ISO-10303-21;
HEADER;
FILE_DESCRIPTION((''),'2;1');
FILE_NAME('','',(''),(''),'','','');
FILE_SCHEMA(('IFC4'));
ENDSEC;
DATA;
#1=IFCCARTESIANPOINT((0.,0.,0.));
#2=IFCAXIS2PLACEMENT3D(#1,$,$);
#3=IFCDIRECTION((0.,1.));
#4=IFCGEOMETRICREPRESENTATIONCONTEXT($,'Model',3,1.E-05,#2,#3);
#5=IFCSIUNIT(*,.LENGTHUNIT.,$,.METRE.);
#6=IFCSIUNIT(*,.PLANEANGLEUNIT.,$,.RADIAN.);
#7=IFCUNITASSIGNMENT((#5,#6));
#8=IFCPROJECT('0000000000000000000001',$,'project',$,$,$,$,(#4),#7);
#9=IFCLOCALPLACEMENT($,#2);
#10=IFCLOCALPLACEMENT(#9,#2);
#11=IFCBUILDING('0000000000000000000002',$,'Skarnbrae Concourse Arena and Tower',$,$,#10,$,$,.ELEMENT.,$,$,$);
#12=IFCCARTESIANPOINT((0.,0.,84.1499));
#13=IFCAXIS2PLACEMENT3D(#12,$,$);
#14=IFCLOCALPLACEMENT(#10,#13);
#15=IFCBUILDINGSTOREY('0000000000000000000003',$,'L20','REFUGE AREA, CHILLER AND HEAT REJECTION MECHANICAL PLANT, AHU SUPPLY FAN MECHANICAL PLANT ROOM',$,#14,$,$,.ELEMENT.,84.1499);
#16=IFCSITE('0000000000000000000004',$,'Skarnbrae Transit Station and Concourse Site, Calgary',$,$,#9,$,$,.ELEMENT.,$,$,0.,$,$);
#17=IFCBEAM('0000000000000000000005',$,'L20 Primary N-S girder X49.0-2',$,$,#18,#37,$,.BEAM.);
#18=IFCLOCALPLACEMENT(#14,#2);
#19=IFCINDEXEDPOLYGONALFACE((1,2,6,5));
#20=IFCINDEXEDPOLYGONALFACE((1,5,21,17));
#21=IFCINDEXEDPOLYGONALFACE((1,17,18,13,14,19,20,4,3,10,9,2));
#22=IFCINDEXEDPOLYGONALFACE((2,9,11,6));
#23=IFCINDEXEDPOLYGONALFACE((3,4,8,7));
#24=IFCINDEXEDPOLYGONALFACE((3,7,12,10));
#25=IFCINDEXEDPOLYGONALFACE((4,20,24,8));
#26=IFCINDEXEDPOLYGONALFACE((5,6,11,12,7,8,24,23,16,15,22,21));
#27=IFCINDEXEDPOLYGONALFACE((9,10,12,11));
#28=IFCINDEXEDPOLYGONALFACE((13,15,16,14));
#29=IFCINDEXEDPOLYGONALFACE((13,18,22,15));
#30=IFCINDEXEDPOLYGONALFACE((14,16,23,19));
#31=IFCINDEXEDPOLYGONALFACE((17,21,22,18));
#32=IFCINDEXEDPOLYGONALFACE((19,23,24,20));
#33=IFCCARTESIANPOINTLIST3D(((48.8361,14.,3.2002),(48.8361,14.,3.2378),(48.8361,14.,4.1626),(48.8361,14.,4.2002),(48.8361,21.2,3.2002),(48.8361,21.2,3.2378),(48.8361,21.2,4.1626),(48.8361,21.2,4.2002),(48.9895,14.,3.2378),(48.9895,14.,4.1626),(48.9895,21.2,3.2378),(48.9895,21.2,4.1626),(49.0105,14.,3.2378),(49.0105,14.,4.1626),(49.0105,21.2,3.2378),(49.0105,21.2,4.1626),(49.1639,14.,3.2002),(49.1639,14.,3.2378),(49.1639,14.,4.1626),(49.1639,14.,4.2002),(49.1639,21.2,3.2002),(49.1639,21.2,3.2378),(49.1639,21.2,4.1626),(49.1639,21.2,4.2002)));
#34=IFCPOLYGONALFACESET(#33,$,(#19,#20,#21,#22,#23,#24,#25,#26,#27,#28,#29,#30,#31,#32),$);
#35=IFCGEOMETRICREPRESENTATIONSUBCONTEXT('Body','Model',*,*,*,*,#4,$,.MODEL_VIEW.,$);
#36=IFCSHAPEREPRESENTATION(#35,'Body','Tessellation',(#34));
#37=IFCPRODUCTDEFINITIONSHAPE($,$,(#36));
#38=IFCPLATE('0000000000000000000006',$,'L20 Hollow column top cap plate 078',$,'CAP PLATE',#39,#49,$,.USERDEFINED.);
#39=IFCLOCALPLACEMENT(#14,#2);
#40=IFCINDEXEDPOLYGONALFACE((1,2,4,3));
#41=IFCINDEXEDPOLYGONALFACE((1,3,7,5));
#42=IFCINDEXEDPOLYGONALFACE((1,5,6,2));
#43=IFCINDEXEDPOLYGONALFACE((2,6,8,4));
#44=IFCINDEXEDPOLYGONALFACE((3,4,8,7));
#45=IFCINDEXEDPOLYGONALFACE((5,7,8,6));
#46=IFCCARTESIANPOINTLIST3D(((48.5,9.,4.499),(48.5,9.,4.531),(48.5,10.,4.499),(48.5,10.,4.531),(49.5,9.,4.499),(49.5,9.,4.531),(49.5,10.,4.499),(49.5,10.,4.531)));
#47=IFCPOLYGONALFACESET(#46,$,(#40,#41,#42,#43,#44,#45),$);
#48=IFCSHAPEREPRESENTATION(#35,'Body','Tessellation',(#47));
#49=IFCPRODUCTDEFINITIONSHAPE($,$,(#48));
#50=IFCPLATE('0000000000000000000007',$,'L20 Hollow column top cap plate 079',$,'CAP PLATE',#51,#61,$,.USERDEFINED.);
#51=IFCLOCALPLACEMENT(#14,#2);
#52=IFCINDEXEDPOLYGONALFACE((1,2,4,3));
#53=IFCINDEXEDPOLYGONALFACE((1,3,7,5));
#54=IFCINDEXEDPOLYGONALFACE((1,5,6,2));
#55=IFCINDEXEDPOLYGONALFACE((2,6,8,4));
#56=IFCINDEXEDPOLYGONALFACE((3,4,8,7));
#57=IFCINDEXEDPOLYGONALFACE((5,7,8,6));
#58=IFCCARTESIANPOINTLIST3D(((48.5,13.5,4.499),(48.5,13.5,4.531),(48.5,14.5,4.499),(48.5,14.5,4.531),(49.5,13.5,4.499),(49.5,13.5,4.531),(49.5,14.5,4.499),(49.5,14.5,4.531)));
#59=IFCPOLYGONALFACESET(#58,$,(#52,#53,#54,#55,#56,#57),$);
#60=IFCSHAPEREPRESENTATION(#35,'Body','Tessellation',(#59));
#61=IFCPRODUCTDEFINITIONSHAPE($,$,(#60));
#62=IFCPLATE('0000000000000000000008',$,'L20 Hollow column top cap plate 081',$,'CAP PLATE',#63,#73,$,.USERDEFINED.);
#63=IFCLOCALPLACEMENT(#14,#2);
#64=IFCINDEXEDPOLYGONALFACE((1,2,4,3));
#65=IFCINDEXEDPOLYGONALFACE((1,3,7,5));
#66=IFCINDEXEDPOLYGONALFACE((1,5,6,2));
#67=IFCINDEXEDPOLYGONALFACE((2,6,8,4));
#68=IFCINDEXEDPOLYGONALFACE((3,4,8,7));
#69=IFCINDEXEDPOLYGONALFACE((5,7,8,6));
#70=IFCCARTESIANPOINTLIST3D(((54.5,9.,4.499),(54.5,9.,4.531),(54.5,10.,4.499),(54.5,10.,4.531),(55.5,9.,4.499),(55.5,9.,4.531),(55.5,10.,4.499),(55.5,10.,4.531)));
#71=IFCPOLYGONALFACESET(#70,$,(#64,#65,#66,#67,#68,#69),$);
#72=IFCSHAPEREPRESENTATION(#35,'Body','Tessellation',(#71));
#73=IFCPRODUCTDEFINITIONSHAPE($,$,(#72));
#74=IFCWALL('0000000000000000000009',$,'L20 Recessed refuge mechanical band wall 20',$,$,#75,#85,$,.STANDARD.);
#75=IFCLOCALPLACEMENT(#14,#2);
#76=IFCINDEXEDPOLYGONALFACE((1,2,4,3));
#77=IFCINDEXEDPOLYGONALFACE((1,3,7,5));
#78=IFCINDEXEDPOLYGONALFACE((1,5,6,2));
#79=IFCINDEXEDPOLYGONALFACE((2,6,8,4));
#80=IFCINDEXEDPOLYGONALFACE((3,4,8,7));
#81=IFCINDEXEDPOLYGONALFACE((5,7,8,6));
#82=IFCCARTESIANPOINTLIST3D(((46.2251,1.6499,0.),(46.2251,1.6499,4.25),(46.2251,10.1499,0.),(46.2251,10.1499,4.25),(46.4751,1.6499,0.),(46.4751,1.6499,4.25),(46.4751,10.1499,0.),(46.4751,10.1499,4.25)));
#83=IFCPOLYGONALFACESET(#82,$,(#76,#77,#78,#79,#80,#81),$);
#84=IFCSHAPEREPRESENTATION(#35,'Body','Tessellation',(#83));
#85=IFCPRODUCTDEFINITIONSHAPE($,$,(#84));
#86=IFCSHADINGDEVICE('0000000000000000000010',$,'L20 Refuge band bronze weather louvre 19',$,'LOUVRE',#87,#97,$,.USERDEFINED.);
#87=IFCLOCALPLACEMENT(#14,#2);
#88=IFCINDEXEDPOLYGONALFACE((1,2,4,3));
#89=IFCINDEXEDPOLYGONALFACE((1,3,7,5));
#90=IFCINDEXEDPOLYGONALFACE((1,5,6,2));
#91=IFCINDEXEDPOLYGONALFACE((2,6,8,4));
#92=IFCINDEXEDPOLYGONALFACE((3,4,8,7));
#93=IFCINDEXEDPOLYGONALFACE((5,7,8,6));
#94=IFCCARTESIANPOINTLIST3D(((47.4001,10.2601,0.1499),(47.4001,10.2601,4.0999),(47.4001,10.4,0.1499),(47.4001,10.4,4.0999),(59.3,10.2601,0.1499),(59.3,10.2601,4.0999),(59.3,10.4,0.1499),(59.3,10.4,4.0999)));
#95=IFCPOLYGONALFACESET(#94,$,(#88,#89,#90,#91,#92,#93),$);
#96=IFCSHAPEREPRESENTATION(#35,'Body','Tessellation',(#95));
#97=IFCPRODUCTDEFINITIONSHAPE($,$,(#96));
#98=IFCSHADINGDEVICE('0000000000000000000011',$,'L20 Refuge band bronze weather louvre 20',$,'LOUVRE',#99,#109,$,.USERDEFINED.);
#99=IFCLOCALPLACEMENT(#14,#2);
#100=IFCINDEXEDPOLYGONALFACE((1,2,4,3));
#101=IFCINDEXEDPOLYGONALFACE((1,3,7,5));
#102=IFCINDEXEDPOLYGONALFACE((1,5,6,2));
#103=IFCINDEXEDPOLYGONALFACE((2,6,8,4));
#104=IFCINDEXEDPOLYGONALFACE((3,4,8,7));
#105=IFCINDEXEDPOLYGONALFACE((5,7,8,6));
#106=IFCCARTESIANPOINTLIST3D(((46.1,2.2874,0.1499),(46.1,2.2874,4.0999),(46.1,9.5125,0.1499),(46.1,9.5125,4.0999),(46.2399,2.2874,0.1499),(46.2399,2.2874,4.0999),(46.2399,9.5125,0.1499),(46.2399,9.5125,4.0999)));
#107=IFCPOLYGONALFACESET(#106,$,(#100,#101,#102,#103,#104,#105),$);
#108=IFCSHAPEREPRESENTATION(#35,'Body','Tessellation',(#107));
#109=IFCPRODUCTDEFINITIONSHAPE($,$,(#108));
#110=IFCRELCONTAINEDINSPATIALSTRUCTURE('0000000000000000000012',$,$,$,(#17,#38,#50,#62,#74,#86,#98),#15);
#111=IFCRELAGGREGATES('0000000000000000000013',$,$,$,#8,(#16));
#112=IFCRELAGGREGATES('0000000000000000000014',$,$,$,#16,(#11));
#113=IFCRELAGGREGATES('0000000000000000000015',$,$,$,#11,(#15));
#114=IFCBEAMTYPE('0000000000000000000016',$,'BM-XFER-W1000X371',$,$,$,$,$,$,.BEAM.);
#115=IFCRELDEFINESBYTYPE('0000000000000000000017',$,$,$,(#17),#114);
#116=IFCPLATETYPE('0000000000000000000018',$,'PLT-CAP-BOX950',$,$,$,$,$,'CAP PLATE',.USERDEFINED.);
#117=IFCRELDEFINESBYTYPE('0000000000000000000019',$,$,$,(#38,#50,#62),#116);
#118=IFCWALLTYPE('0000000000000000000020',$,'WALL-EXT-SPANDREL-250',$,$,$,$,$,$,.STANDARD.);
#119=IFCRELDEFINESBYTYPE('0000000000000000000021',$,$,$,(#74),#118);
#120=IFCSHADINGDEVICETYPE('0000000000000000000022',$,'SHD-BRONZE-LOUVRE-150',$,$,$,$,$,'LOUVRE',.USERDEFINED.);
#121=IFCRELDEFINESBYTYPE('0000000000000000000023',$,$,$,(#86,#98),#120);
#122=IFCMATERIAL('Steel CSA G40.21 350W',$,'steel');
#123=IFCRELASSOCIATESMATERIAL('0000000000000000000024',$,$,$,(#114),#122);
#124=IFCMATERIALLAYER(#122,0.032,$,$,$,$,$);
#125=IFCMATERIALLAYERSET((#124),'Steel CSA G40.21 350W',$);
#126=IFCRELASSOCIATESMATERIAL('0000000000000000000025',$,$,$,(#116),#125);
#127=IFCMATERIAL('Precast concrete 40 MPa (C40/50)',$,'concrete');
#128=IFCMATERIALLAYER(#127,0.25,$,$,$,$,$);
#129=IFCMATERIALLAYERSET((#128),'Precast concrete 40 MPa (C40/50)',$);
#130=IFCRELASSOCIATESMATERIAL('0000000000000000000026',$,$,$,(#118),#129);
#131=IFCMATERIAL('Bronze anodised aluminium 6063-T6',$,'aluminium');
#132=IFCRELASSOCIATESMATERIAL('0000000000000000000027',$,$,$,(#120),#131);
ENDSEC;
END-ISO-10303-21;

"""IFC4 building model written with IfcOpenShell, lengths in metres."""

from ifc_helpers import new_model, si_unit, direction, frame, frame_2d, origin, origin_2d, place, context, subcontext, project, spatial, rectangle, i_section, extrude, source, transform, mapped, material, layer, layer_set, material_profile, profile_set, type_object, element, save


model = new_model("IFC4")

# Units and contexts
model_context = context("Model", 3, precision=1e-05, world=origin(), true_north=direction((0.0, 1.0)))
body_context = subcontext(model_context, "Body", "Model", "MODEL_VIEW")
ifc_project = project(units=[si_unit("LENGTHUNIT", "METRE"), si_unit("PLANEANGLEUNIT", "RADIAN")], contexts=[model_context])

# Site, building, storey
site_placement = place(None, origin())
site = spatial("IfcSite", under=ifc_project, at=site_placement, Name="Skarnbrae Transit Station and Concourse Site, Calgary", CompositionType="ELEMENT", RefElevation=0.0)
building_placement = place(site_placement, origin())
building = spatial("IfcBuilding", under=site, at=building_placement, Name="Skarnbrae Concourse Arena and Tower", CompositionType="ELEMENT")
storey_placement = place(building_placement, frame((0.0, 0.0, 84.1499)))
storey = spatial("IfcBuildingStorey", under=building, at=storey_placement, Name="L20", Description="REFUGE AREA, CHILLER AND HEAT REJECTION MECHANICAL PLANT, AHU SUPPLY FAN MECHANICAL PLANT ROOM", CompositionType="ELEMENT", Elevation=84.1499)

# Shared definitions
ifc_material_1 = material(Name="Steel CSA G40.21 350W", Category="steel")

# Beam
ifc_material_profile_1 = material_profile(ifc_material_1, i_section(OverallWidth=0.3279, OverallDepth=1.0, WebThickness=0.021, FlangeThickness=0.0376, at=origin_2d()), Name="W1000X371")
ifc_profile_set_1 = profile_set([ifc_material_profile_1], Name="Steel CSA G40.21 350W")
beam_type_1 = type_object("IfcBeamType", Name="BM-XFER-W1000X371", PredefinedType="BEAM", material=ifc_profile_set_1)
shared_shape_1 = source(origin(), body_context, "Body", "SweptSolid", [
    extrude(i_section(OverallWidth=0.3279, OverallDepth=1.0, WebThickness=0.021, FlangeThickness=0.0376, at=origin_2d()), origin(), (0.0, 0.0, 1.0), 7.2),
])
beam_1_placement = place(storey_placement, frame((49.0, 14.0, 3.7002), z_axis=(0.0, 1.0, 0.0), x_axis=(-1.0, 0.0, 0.0)))
element("IfcBeam", 1, at=beam_1_placement, inside=storey, type_object=beam_type_1, Name="L20 Primary N-S girder X49.0-2", PredefinedType="BEAM", context=body_context, shape_type="MappedRepresentation", body=[
    mapped(shared_shape_1, transform((0.0, 0.0, 0.0))),
])

# Plates
ifc_layer_1 = layer(ifc_material_1, 0.032)
ifc_layer_set_1 = layer_set([ifc_layer_1], Name="Steel CSA G40.21 350W")
plate_type = type_object("IfcPlateType", Name="PLT-CAP-BOX950", ElementType="CAP PLATE", PredefinedType="USERDEFINED", material=ifc_layer_set_1)
shared_shape_2 = source(origin(), body_context, "Body", "SweptSolid", [
    extrude(rectangle(XDim=1.0, YDim=1.0, at=origin_2d()), origin(), (0.0, 0.0, 1.0), 0.032),
])
for number, where, z_axis, x_axis, name in (
    (2, (49.0, 9.5, 4.499), (0.0, 0.0, 1.0), (1.0, 0.0, 0.0), "L20 Hollow column top cap plate 078"),
    (3, (49.0, 14.0, 4.499), (0.0, 0.0, 1.0), (1.0, 0.0, 0.0), "L20 Hollow column top cap plate 079"),
    (4, (55.0, 9.5, 4.499), (0.0, 0.0, 1.0), (1.0, 0.0, 0.0), "L20 Hollow column top cap plate 081"),
):
    element("IfcPlate", number, at=place(storey_placement, frame(where, z_axis=z_axis, x_axis=x_axis)), inside=storey, type_object=plate_type, Name=name, ObjectType="CAP PLATE", PredefinedType="USERDEFINED", context=body_context, shape_type="MappedRepresentation", body=[
        mapped(shared_shape_2, transform((0.0, 0.0, 0.0))),
    ])

# Wall
ifc_material_2 = material(Name="Precast concrete 40 MPa (C40/50)", Category="concrete")
ifc_layer_2 = layer(ifc_material_2, 0.25)
ifc_layer_set_2 = layer_set([ifc_layer_2], Name="Precast concrete 40 MPa (C40/50)")
wall_type = type_object("IfcWallType", Name="WALL-EXT-SPANDREL-250", PredefinedType="STANDARD", material=ifc_layer_set_2)
shared_shape_3 = source(origin(), body_context, "Body", "SweptSolid", [
    extrude(rectangle(XDim=8.5, YDim=0.25, at=frame_2d((4.25, 0.0))), origin(), (0.0, 0.0, 1.0), 4.25),
])
wall_placement = place(storey_placement, frame((46.3501, 10.1499, 0.0), z_axis=(0.0, 0.0, 1.0), x_axis=(0.0, -1.0, 0.0)))
element("IfcWall", 5, at=wall_placement, inside=storey, type_object=wall_type, Name="L20 Recessed refuge mechanical band wall 20", PredefinedType="STANDARD", context=body_context, shape_type="MappedRepresentation", body=[
    mapped(shared_shape_3, transform((0.0, 0.0, 0.0))),
])

# Shading devices
ifc_material_3 = material(Name="Bronze anodised aluminium 6063-T6", Category="aluminium")
shading_device_type = type_object("IfcShadingDeviceType", Name="SHD-BRONZE-LOUVRE-150", ElementType="LOUVRE", PredefinedType="USERDEFINED", material=ifc_material_3)
shared_shape_4 = source(origin(), body_context, "Body", "SweptSolid", [
    extrude(rectangle(XDim=11.8999, YDim=0.1399, at=origin_2d()), origin(), (0.0, 0.0, 1.0), 3.95),
])
shading_device_1_placement = place(storey_placement, frame((53.3501, 10.3301, 0.1499), z_axis=(0.0, 0.0, 1.0), x_axis=(-1.0, 0.0, 0.0)))
element("IfcShadingDevice", 6, at=shading_device_1_placement, inside=storey, type_object=shading_device_type, Name="L20 Refuge band bronze weather louvre 19", ObjectType="LOUVRE", PredefinedType="USERDEFINED", context=body_context, shape_type="MappedRepresentation", body=[
    mapped(shared_shape_4, transform((0.0, 0.0, 0.0))),
])
shared_shape_5 = source(origin(), body_context, "Body", "SweptSolid", [
    extrude(rectangle(XDim=7.2251, YDim=0.1399, at=origin_2d()), origin(), (0.0, 0.0, 1.0), 3.95),
])
shading_device_2_placement = place(storey_placement, frame((46.1699, 5.8999, 0.1499), z_axis=(0.0, 0.0, 1.0), x_axis=(0.0, -1.0, 0.0)))
element("IfcShadingDevice", 7, at=shading_device_2_placement, inside=storey, type_object=shading_device_type, Name="L20 Refuge band bronze weather louvre 20", ObjectType="LOUVRE", PredefinedType="USERDEFINED", context=body_context, shape_type="MappedRepresentation", body=[
    mapped(shared_shape_5, transform((0.0, 0.0, 0.0))),
])

save(model, "model.ifc")
